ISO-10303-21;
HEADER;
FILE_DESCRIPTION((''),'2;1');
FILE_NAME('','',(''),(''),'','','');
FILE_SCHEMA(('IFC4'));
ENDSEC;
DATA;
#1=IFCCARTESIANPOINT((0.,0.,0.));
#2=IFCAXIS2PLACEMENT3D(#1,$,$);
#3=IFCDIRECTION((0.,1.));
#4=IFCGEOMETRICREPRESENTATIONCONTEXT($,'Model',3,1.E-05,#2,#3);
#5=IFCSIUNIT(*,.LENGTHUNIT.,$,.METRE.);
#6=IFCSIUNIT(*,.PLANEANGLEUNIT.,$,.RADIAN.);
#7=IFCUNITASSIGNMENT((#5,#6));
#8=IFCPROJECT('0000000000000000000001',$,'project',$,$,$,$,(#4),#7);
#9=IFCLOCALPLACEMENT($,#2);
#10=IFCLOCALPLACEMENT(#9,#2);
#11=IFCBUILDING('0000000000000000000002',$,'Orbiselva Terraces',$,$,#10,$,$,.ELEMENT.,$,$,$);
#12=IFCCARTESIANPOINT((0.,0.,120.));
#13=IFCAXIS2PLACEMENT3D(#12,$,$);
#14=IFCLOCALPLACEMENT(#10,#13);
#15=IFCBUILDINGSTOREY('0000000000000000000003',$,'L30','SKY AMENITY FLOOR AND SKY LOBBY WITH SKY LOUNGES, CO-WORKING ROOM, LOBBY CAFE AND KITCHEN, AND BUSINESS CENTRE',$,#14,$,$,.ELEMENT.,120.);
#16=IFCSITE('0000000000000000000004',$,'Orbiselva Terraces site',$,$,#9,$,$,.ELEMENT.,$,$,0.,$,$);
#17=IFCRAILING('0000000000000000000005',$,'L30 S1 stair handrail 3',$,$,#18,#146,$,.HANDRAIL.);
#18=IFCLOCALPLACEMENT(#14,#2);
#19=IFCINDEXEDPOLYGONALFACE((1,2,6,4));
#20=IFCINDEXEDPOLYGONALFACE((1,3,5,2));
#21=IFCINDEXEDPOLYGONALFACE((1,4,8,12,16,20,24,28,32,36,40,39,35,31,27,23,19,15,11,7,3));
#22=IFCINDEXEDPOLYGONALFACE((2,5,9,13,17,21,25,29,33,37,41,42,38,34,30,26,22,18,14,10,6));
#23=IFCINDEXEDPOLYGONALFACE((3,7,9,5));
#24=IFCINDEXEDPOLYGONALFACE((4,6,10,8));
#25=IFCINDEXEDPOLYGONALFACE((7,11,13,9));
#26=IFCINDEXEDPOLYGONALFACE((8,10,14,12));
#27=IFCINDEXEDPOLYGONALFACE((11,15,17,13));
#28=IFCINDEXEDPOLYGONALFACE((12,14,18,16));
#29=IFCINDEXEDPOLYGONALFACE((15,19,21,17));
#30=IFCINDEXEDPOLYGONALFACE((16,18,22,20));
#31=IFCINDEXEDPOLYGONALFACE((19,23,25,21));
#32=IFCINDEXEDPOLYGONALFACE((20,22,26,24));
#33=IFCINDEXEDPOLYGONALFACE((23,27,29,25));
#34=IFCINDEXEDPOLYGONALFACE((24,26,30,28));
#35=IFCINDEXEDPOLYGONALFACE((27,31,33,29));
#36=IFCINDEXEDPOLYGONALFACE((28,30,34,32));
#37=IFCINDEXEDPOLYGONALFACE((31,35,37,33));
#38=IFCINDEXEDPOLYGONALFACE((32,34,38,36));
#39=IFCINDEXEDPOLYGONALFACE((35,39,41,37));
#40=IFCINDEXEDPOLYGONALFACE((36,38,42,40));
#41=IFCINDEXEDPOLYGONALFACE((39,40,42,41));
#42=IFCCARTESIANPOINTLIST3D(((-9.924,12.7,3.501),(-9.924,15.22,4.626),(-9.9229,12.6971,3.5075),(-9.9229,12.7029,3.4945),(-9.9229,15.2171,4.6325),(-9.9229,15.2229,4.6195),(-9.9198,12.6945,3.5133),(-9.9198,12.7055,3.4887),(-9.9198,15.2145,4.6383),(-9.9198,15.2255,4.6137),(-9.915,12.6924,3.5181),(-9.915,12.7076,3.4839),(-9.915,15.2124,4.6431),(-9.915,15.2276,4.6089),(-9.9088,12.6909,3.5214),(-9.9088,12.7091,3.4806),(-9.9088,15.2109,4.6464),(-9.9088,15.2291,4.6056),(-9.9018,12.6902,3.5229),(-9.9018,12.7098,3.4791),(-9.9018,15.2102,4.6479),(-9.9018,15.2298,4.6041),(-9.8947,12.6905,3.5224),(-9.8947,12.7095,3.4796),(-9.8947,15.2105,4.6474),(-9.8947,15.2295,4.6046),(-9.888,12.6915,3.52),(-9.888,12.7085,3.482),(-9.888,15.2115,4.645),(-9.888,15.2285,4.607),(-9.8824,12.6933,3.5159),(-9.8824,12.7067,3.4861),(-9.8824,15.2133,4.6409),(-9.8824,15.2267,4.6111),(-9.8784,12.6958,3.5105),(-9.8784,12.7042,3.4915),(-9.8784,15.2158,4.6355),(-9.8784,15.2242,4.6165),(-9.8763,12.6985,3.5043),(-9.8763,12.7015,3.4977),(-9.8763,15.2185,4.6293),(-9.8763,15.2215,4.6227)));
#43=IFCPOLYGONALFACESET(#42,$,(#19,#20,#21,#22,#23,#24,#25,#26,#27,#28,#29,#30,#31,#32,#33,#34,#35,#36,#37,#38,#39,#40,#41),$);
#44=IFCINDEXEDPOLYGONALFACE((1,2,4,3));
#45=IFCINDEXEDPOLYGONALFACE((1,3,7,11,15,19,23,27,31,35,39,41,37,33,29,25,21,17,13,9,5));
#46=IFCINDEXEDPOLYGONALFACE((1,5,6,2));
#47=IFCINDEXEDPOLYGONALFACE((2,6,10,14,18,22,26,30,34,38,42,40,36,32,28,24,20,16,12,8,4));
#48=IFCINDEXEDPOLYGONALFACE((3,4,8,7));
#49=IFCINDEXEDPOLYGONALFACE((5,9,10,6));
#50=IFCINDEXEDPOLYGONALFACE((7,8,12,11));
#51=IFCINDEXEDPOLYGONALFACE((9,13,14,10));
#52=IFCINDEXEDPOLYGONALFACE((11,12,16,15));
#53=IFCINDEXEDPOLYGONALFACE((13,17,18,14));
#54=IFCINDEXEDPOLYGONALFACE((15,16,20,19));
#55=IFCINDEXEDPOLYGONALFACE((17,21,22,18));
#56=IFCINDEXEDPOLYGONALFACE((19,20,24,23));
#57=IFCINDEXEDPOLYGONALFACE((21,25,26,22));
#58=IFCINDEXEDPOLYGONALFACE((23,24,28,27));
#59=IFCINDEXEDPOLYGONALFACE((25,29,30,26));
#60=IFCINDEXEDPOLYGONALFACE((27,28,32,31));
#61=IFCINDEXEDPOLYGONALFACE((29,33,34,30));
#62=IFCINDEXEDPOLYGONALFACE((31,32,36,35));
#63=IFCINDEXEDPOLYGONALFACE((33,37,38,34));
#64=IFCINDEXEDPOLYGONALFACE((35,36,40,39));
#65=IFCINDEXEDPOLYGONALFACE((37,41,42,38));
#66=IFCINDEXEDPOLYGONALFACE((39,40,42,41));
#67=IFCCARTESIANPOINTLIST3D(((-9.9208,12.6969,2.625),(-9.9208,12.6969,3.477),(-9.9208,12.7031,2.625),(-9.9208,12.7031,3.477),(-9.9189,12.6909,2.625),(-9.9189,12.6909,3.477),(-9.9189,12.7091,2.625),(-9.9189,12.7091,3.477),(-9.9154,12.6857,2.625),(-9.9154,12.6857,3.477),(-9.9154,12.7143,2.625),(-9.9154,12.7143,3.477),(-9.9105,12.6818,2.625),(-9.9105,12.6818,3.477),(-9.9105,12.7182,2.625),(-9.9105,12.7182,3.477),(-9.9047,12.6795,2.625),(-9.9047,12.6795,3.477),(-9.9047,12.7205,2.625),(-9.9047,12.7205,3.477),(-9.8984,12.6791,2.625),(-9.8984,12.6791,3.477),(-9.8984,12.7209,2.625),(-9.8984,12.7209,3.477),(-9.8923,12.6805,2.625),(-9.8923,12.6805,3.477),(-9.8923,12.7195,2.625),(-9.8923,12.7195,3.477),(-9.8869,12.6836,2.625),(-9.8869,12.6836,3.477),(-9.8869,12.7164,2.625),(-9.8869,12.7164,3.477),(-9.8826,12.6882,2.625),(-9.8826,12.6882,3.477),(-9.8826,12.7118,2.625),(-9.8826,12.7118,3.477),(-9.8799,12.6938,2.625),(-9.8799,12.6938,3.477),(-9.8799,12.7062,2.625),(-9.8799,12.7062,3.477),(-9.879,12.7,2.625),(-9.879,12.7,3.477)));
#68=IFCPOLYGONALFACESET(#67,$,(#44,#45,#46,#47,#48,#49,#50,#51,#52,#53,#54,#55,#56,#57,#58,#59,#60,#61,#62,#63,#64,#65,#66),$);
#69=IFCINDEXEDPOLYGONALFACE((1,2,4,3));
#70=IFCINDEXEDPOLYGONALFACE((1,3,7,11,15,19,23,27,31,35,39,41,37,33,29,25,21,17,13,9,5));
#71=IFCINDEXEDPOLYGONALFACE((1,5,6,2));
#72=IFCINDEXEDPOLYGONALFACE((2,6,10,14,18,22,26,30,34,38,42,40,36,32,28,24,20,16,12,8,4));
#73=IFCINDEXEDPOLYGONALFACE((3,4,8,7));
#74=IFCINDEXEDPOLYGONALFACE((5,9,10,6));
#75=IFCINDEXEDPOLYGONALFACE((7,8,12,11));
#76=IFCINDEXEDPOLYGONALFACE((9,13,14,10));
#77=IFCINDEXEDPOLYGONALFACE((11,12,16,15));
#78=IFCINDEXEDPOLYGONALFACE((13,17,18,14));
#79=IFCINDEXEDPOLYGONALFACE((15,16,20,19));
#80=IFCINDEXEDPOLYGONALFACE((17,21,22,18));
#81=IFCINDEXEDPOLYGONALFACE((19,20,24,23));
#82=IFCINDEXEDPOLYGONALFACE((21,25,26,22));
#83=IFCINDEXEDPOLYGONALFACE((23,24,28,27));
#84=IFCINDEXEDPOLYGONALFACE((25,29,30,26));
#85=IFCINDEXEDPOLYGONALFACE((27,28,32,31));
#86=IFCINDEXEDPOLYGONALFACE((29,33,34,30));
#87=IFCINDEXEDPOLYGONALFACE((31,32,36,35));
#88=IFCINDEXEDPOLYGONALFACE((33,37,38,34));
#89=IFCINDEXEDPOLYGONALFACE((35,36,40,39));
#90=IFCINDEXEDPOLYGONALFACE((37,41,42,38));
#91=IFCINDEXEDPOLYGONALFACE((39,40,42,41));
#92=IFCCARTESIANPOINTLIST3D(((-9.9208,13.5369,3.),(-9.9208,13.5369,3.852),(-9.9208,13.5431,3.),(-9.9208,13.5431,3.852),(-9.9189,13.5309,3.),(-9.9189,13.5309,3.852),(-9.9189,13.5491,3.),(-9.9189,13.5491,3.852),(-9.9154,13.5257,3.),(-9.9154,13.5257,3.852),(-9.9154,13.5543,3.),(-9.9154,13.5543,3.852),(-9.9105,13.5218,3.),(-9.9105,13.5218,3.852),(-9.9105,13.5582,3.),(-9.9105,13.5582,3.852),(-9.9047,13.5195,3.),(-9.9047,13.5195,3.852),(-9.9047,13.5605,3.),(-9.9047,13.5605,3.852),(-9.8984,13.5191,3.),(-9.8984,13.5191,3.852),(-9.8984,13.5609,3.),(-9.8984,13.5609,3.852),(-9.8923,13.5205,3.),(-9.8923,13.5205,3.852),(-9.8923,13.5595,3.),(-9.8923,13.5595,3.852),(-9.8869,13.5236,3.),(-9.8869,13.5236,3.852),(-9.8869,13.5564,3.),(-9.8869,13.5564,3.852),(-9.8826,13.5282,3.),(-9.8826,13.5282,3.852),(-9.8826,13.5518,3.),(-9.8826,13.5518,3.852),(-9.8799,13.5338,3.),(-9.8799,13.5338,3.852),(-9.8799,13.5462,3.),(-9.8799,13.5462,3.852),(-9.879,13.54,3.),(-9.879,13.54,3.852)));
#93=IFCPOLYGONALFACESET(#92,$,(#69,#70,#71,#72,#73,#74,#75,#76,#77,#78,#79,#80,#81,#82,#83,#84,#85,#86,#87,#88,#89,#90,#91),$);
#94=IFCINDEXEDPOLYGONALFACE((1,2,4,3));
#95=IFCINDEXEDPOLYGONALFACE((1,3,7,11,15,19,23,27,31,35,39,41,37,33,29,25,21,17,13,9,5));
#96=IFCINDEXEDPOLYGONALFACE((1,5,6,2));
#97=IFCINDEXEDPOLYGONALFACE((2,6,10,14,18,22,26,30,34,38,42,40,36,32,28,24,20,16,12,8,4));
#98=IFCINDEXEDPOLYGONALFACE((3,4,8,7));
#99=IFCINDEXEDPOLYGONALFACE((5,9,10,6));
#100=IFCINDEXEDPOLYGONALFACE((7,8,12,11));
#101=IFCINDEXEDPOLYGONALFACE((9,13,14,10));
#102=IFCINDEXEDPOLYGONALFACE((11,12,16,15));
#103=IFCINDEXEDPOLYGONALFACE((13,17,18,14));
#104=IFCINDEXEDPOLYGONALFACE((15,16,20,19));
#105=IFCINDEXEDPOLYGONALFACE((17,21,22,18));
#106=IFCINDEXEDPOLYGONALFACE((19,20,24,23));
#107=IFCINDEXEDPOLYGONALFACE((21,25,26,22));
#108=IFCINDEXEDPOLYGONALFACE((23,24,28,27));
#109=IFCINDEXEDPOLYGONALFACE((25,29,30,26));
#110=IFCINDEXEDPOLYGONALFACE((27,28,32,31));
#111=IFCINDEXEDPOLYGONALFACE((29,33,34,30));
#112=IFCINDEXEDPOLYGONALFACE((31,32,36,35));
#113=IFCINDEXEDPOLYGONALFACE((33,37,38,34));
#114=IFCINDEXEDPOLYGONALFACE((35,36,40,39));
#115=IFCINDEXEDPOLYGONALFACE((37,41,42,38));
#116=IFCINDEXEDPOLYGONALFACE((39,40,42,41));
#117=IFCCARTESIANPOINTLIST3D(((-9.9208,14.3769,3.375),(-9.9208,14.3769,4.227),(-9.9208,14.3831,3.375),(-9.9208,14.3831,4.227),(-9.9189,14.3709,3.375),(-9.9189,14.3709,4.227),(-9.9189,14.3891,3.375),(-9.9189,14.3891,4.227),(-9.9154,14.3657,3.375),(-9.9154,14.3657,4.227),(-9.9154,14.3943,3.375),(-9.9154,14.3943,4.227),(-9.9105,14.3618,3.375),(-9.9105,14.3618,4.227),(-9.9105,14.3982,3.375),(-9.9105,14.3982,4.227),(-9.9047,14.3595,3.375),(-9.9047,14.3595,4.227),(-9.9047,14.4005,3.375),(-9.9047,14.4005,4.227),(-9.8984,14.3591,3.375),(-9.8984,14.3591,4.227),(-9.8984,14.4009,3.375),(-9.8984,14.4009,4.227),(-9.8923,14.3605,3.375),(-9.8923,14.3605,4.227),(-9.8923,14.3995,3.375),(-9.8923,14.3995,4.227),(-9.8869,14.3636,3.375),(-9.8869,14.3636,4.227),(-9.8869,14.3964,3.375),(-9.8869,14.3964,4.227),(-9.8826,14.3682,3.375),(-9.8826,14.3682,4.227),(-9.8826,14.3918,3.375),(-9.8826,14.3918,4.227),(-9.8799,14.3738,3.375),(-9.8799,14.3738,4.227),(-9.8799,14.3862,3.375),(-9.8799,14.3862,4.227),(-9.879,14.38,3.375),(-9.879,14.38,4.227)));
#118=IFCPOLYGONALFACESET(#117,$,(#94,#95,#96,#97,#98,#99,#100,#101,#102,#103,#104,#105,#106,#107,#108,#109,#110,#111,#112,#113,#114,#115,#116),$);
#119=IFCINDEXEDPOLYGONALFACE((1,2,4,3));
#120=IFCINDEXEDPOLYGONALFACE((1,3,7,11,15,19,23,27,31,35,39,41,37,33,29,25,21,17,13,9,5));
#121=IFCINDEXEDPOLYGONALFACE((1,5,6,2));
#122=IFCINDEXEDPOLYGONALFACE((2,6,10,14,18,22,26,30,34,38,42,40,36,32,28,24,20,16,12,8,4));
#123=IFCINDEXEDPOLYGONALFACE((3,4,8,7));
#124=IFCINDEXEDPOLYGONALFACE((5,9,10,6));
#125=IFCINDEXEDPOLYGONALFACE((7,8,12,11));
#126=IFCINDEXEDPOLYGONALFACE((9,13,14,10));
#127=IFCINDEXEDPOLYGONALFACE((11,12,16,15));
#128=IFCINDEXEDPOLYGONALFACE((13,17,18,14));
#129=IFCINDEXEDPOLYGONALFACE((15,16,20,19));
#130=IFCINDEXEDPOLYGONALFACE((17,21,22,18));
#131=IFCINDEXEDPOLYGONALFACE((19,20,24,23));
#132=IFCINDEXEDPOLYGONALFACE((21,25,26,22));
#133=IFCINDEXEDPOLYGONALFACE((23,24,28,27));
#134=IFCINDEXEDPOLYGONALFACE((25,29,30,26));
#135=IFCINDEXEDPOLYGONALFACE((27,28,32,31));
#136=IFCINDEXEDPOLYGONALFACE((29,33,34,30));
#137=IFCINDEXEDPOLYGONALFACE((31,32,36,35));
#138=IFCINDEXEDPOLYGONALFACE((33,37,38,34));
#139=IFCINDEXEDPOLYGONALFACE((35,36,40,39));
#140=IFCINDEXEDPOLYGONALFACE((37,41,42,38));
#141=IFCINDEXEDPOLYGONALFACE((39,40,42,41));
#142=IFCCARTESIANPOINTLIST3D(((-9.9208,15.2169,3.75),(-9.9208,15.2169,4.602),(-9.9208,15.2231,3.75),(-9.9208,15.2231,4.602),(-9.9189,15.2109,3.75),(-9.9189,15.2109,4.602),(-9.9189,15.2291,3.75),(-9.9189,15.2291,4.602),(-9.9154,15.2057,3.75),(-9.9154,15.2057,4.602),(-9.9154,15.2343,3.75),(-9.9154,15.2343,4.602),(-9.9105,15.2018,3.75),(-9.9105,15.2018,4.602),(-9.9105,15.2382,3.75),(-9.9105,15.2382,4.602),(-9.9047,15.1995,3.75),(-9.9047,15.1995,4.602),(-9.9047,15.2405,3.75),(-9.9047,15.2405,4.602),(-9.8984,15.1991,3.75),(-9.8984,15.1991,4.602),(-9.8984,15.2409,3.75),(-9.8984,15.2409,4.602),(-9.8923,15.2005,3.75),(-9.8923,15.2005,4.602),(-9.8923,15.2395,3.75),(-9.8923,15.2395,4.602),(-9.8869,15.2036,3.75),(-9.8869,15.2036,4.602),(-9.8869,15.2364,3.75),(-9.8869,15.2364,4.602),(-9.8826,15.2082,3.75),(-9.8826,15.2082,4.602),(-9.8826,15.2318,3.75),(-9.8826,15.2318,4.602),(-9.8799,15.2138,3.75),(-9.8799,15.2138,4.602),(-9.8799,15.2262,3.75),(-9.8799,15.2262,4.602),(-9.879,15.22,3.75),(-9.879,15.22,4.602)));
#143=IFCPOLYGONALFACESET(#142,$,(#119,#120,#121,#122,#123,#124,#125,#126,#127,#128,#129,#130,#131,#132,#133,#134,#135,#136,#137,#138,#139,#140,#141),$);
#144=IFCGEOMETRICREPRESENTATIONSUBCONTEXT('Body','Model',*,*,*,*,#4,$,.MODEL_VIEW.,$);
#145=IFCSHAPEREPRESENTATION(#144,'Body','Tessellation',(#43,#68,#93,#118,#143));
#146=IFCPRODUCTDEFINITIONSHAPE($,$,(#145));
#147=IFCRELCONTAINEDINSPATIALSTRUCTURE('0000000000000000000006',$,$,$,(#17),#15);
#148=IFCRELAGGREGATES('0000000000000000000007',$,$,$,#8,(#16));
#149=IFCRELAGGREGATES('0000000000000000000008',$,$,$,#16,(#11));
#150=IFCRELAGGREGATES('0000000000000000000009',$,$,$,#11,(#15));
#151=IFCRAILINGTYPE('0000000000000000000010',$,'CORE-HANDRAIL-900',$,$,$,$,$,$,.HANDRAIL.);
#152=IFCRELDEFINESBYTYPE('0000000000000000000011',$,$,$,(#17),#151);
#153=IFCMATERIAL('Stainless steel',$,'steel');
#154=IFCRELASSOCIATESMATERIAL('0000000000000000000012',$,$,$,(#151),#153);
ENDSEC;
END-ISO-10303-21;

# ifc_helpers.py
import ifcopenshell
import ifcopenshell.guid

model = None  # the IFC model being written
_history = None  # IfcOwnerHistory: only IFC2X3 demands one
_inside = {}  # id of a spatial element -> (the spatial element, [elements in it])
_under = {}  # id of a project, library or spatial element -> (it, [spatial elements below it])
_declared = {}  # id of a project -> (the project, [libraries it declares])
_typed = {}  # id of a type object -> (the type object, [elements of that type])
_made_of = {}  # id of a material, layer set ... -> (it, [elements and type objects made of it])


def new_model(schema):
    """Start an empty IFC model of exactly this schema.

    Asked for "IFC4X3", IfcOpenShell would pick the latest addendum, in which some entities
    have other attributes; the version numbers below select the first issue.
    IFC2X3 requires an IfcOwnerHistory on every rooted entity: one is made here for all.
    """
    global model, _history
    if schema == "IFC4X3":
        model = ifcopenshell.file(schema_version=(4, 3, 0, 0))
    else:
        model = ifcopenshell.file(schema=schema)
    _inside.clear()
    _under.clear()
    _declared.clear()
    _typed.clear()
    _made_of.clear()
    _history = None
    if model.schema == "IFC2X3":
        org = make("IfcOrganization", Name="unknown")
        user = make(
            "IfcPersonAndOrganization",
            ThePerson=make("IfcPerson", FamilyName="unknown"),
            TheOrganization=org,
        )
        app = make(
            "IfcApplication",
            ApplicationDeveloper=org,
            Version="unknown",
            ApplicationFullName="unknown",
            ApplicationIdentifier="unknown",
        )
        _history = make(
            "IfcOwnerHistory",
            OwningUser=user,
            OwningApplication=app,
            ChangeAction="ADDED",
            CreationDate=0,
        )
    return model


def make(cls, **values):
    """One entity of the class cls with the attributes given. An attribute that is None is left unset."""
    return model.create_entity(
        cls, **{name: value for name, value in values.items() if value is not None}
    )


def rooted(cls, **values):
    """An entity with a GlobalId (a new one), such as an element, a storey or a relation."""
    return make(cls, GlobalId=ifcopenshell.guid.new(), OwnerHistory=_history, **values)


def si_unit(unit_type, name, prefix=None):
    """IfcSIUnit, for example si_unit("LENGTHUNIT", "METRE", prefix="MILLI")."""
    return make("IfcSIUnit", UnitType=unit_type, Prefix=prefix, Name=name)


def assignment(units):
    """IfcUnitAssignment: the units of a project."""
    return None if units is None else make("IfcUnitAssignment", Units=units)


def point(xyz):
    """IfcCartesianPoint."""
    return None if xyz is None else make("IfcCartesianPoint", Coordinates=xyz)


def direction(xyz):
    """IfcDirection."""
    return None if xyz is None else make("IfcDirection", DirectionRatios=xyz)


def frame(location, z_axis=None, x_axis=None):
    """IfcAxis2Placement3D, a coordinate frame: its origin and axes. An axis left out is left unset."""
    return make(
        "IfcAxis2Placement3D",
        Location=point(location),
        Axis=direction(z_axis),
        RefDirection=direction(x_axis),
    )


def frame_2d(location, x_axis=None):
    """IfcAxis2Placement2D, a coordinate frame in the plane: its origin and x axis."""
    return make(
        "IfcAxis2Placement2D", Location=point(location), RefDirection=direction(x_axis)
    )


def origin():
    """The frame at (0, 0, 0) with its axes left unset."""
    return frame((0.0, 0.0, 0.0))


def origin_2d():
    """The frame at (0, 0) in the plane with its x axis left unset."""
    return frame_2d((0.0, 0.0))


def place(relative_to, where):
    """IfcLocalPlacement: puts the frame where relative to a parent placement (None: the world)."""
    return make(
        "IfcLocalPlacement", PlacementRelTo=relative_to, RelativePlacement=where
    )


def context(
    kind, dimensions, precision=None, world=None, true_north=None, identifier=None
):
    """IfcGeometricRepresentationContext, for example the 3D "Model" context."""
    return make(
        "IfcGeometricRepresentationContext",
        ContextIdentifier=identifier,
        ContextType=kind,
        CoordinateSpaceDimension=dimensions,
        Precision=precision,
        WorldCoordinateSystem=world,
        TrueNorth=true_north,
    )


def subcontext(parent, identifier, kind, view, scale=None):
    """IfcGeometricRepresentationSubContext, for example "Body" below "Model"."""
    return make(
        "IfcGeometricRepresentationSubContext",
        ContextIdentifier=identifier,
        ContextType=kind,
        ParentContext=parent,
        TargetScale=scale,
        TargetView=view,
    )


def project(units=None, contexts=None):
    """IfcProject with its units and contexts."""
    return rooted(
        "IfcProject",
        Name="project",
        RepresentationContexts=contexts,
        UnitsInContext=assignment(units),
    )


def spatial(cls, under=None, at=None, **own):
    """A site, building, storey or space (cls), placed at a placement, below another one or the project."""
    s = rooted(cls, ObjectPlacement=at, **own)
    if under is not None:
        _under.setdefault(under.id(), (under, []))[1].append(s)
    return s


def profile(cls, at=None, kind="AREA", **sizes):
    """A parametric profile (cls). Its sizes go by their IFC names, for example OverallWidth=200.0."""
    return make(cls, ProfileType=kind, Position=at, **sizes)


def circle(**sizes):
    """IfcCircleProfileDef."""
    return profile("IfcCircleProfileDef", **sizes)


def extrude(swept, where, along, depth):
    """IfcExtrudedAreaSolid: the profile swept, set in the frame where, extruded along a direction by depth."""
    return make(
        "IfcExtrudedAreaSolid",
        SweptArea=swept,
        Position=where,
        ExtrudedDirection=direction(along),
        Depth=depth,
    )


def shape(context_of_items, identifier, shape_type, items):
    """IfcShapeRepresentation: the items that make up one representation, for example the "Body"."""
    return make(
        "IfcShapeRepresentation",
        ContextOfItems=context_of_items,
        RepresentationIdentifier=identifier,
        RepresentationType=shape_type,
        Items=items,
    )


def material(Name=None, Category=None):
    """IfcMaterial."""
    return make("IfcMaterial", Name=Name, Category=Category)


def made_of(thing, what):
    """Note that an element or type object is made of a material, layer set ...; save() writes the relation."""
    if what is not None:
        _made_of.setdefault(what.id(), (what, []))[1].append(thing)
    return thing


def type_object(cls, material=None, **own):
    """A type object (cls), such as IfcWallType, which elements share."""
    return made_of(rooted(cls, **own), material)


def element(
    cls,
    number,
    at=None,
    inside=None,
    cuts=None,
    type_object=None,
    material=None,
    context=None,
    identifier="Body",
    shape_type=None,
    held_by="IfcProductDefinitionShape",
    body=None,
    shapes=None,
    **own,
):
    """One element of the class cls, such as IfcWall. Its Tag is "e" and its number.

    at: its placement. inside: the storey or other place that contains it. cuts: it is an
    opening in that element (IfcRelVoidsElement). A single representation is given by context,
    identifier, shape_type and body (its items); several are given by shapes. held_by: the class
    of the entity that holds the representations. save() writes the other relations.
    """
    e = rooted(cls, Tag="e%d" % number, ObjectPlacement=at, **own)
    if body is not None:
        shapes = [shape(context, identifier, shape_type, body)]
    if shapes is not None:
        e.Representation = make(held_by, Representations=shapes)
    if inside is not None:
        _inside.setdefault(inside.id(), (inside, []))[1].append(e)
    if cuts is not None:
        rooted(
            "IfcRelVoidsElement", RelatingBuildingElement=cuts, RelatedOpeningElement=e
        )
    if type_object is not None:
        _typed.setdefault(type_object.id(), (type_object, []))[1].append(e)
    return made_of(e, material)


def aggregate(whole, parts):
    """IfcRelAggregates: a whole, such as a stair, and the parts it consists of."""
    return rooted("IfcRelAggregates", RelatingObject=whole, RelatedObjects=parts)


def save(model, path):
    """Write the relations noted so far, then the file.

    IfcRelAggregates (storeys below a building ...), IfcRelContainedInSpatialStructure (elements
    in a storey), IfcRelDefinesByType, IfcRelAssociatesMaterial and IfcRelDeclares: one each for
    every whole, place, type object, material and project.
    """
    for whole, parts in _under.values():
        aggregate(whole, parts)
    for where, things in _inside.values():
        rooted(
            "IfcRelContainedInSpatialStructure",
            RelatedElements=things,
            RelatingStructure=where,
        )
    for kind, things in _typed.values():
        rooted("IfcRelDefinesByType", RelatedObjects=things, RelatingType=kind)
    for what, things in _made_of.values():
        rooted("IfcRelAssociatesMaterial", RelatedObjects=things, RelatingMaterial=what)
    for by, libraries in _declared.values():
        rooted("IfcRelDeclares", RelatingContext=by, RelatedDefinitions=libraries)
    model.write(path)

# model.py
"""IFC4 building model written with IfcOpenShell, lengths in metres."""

from ifc_helpers import new_model, si_unit, direction, frame, origin, origin_2d, place, context, subcontext, project, spatial, circle, extrude, material, type_object, element, save


model = new_model("IFC4")

# Units and contexts
model_context = context("Model", 3, precision=1e-05, world=origin(), true_north=direction((0.0, 1.0)))
body_context = subcontext(model_context, "Body", "Model", "MODEL_VIEW")
ifc_project = project(units=[si_unit("LENGTHUNIT", "METRE"), si_unit("PLANEANGLEUNIT", "RADIAN")], contexts=[model_context])

# Site, building, storey
site_placement = place(None, origin())
site = spatial("IfcSite", under=ifc_project, at=site_placement, Name="Orbiselva Terraces site", CompositionType="ELEMENT", RefElevation=0.0)
building_placement = place(site_placement, origin())
building = spatial("IfcBuilding", under=site, at=building_placement, Name="Orbiselva Terraces", CompositionType="ELEMENT")
storey_placement = place(building_placement, frame((0.0, 0.0, 120.0)))
storey = spatial("IfcBuildingStorey", under=building, at=storey_placement, Name="L30", Description="SKY AMENITY FLOOR AND SKY LOBBY WITH SKY LOUNGES, CO-WORKING ROOM, LOBBY CAFE AND KITCHEN, AND BUSINESS CENTRE", CompositionType="ELEMENT", Elevation=120.0)

# Railing
ifc_material_1 = material(Name="Stainless steel", Category="steel")
railing_type = type_object("IfcRailingType", Name="CORE-HANDRAIL-900", PredefinedType="HANDRAIL", material=ifc_material_1)
railing_1_placement = place(storey_placement, frame((-9.9, 12.7, 2.625)))
element("IfcRailing", 1, at=railing_1_placement, inside=storey, type_object=railing_type, Name="L30 S1 stair handrail 3", PredefinedType="HANDRAIL", context=body_context, shape_type="SweptSolid", body=[
    extrude(circle(Radius=0.024, at=origin_2d()), frame((0.0, 0.0, 0.876), z_axis=(0.0, 0.913138, 0.407651), x_axis=(-1.0, 0.0, 0.0)), (0.0, 0.0, 1.0), 2.7597),
    extrude(circle(Radius=0.021, at=origin_2d()), origin(), (0.0, 0.0, 1.0), 0.852),
    extrude(circle(Radius=0.021, at=origin_2d()), frame((0.0, 0.84, 0.375)), (0.0, 0.0, 1.0), 0.852),
    extrude(circle(Radius=0.021, at=origin_2d()), frame((0.0, 1.68, 0.75)), (0.0, 0.0, 1.0), 0.852),
    extrude(circle(Radius=0.021, at=origin_2d()), frame((0.0, 2.52, 1.125)), (0.0, 0.0, 1.0), 0.852),
])

save(model, "model.ifc")
